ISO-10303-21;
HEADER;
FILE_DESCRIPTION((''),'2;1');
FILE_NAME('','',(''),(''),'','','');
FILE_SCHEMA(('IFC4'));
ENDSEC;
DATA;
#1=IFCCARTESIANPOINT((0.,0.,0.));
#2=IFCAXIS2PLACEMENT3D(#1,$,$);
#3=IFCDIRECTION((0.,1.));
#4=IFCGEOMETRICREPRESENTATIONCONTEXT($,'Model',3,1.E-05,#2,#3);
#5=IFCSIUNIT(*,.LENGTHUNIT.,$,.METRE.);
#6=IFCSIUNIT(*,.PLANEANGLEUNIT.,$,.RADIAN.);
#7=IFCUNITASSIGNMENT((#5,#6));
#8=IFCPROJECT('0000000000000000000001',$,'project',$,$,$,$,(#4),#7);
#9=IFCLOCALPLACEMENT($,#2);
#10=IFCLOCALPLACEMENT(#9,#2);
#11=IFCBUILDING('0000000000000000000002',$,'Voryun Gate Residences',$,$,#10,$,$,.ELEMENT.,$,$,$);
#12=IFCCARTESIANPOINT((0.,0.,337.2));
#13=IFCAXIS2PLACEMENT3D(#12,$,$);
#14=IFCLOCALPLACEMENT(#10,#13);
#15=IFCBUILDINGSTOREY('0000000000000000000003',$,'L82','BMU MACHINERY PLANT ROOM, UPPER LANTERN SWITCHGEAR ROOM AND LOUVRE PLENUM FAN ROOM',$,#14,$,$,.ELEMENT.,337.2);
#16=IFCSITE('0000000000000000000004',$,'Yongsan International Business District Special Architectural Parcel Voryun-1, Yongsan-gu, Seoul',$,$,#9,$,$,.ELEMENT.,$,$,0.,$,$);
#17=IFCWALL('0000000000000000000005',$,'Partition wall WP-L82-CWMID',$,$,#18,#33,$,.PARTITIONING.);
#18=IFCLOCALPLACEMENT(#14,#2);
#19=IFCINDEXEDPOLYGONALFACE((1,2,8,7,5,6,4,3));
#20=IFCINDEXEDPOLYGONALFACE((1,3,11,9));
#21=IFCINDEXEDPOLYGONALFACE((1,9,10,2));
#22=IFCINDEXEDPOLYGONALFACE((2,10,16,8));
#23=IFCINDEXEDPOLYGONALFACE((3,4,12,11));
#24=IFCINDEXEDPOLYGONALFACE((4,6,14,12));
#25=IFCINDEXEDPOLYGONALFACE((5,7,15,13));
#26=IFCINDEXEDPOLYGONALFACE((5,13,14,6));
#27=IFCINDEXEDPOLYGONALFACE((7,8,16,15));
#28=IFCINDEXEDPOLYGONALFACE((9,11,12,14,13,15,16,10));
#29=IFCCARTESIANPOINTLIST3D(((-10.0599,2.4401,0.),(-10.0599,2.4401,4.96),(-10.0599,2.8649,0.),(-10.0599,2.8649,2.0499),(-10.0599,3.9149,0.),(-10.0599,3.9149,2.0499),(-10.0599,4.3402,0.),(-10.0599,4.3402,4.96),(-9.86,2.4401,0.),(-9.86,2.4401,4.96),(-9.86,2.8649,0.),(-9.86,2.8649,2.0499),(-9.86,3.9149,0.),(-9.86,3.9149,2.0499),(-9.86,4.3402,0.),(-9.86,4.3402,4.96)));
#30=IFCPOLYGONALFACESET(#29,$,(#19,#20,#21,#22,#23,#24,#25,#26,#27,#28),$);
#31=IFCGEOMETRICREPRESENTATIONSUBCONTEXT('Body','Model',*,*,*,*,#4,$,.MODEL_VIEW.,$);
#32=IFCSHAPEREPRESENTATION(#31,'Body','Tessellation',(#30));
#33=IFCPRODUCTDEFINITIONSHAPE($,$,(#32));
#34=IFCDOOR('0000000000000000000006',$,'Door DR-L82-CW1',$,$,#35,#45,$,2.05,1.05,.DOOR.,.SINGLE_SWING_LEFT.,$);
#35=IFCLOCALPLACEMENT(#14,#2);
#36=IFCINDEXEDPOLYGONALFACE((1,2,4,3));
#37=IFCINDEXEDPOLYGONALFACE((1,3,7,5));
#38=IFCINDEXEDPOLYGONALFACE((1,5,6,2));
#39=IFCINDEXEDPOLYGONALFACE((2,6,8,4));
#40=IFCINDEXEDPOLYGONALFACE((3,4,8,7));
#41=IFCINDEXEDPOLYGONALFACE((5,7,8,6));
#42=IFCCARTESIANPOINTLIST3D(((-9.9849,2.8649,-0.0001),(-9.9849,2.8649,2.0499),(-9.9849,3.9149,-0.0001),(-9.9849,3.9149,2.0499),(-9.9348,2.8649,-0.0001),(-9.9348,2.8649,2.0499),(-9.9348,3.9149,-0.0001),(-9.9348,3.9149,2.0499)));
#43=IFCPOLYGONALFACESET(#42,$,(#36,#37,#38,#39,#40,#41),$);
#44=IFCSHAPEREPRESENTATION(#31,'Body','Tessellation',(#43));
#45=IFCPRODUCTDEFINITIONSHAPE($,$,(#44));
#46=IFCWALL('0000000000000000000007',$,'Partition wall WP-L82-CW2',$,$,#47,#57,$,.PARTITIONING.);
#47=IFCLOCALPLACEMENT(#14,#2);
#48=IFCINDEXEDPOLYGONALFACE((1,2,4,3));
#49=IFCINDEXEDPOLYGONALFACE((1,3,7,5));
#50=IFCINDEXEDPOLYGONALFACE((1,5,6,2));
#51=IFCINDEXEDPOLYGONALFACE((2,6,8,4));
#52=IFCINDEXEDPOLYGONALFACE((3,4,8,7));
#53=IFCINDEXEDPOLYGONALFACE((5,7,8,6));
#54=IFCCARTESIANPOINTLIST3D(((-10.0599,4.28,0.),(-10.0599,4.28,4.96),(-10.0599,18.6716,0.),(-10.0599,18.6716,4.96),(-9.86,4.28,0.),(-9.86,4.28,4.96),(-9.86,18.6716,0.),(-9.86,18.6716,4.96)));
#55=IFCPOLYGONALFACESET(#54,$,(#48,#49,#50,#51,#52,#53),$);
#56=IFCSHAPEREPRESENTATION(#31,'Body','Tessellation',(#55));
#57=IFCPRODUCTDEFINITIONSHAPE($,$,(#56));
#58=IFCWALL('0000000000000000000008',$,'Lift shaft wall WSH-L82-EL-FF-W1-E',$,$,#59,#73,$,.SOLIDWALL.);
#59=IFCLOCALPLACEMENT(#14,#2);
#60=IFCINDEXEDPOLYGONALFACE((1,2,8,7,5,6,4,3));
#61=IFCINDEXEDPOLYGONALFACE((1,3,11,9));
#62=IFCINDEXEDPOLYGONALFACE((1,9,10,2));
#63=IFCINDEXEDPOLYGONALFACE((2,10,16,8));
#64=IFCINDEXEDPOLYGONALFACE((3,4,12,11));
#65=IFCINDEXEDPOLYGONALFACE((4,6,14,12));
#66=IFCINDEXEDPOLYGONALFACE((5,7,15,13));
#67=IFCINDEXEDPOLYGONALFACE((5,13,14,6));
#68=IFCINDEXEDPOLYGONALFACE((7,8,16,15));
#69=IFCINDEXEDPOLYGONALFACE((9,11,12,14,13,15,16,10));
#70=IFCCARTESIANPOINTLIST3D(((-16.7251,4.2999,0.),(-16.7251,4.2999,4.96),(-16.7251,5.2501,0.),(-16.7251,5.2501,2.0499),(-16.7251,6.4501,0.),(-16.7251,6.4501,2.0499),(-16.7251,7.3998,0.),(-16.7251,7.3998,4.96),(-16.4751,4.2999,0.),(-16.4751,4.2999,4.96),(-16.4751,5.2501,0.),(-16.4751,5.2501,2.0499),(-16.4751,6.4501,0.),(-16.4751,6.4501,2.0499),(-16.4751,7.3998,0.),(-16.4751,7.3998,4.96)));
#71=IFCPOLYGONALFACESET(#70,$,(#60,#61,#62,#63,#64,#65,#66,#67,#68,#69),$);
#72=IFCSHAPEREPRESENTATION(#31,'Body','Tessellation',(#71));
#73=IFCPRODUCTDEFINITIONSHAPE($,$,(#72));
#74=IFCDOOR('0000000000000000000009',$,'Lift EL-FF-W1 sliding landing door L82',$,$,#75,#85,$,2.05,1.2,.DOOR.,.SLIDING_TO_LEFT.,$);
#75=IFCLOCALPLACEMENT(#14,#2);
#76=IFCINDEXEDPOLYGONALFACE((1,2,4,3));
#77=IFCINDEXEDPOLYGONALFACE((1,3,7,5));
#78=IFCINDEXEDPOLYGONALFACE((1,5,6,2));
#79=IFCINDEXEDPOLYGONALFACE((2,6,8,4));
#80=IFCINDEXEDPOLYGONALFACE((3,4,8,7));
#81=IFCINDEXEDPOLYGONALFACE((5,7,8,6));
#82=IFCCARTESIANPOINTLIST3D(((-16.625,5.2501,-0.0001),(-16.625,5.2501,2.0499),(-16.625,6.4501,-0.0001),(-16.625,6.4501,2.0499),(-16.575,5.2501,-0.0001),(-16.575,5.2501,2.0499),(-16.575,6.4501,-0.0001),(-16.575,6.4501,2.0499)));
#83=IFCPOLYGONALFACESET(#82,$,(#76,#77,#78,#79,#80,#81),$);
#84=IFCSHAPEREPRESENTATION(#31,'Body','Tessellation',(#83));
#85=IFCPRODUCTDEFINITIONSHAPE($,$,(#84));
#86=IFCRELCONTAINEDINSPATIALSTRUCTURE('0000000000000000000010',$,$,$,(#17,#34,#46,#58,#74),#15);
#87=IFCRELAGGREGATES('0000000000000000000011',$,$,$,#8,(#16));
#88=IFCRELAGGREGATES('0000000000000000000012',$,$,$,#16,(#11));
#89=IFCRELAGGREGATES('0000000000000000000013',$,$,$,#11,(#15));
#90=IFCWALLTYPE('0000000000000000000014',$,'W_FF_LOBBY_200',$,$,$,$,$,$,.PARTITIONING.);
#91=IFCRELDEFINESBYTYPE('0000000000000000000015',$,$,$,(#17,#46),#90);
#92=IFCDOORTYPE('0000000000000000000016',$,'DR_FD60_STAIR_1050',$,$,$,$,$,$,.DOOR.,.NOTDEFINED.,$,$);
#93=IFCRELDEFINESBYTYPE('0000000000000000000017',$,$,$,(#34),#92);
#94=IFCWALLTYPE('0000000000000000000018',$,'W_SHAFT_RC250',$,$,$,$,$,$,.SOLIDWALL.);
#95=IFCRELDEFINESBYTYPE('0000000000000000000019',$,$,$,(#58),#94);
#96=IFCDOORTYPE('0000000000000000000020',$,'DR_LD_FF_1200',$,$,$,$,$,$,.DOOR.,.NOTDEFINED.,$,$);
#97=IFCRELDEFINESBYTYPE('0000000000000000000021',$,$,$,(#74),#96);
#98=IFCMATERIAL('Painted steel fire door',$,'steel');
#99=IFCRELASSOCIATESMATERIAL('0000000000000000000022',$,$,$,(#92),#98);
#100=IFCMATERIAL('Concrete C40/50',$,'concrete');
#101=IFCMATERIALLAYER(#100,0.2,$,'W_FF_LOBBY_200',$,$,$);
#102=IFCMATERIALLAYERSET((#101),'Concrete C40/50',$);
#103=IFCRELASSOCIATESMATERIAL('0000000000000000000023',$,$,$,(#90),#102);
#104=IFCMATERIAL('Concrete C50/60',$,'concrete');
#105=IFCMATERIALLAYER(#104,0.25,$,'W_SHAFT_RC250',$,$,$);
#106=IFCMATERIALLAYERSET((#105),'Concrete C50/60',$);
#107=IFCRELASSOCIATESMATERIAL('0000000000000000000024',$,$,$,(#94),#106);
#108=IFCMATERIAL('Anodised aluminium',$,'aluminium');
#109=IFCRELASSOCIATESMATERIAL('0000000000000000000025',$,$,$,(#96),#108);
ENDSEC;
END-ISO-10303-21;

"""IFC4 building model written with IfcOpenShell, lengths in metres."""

from ifc_helpers import new_model, si_unit, direction, frame, frame_2d, origin, place, context, subcontext, project, spatial, rectangle, extrude, material, layer, layer_set, type_object, element, fill, save


model = new_model("IFC4")

# Units and contexts
model_context = context("Model", 3, precision=1e-05, world=origin(), true_north=direction((0.0, 1.0)))
body_context = subcontext(model_context, "Body", "Model", "MODEL_VIEW")
ifc_project = project(units=[si_unit("LENGTHUNIT", "METRE"), si_unit("PLANEANGLEUNIT", "RADIAN")], contexts=[model_context])

# Site, building, storey
site_placement = place(None, origin())
site = spatial("IfcSite", under=ifc_project, at=site_placement, Name="Yongsan International Business District Special Architectural Parcel Voryun-1, Yongsan-gu, Seoul", CompositionType="ELEMENT", RefElevation=0.0)
building_placement = place(site_placement, origin())
building = spatial("IfcBuilding", under=site, at=building_placement, Name="Voryun Gate Residences", CompositionType="ELEMENT")
storey_placement = place(building_placement, frame((0.0, 0.0, 337.2)))
storey = spatial("IfcBuildingStorey", under=building, at=storey_placement, Name="L82", Description="BMU MACHINERY PLANT ROOM, UPPER LANTERN SWITCHGEAR ROOM AND LOUVRE PLENUM FAN ROOM", CompositionType="ELEMENT", Elevation=337.2)

# Shared definitions
ifc_material_1 = material(Name="Painted steel fire door", Category="steel")
door_type_1 = type_object("IfcDoorType", Name="DR_FD60_STAIR_1050", OperationType="NOTDEFINED", PredefinedType="DOOR", material=ifc_material_1)

# Shared definitions
ifc_material_2 = material(Name="Concrete C40/50", Category="concrete")
ifc_layer_1 = layer(ifc_material_2, 0.2, Name="W_FF_LOBBY_200")
ifc_layer_set_1 = layer_set([ifc_layer_1], Name="Concrete C40/50")
wall_type_1 = type_object("IfcWallType", Name="W_FF_LOBBY_200", PredefinedType="PARTITIONING", material=ifc_layer_set_1)

# Wall, opening, door
wall_1_placement = place(storey_placement, frame((-9.96, 2.4399, 0.0), z_axis=(0.0, 0.0, 1.0), x_axis=(0.0, 1.0, 0.0)))
wall_1 = element("IfcWall", 1, at=wall_1_placement, inside=storey, type_object=wall_type_1, Name="Partition wall WP-L82-CWMID", PredefinedType="PARTITIONING", context=body_context, shape_type="SweptSolid", body=[
    extrude(rectangle(XDim=1.9001, YDim=0.2, at=frame_2d((0.9502, 0.0))), origin(), (0.0, 0.0, 1.0), 4.96),
])
opening_1_placement = place(wall_1_placement, frame((0.425, 0.0, 0.0)))
opening_1 = element("IfcOpeningElement", 2, at=opening_1_placement, cuts=wall_1, PredefinedType="OPENING", context=body_context, shape_type="SweptSolid", body=[
    extrude(rectangle(XDim=1.05, YDim=2.05, at=frame_2d((0.5249, 1.0249))), frame((0.0, 0.1101, 0.0), z_axis=(0.0, -1.0, 0.0), x_axis=(1.0, 0.0, 0.0)), (0.0, 0.0, 1.0), 0.22),
])
door_1_placement = place(opening_1_placement, origin())
door_1 = element("IfcDoor", 3, at=door_1_placement, inside=storey, type_object=door_type_1, Name="Door DR-L82-CW1", OperationType="SINGLE_SWING_LEFT", OverallHeight=2.05, OverallWidth=1.05, PredefinedType="DOOR", context=body_context, shape_type="SweptSolid", body=[
    extrude(rectangle(XDim=1.05, YDim=2.05, at=frame_2d((0.5249, 1.0249))), frame((0.0, 0.0249, 0.0), z_axis=(0.0, -1.0, 0.0), x_axis=(1.0, 0.0, 0.0)), (0.0, 0.0, 1.0), 0.05),
])
fill(opening_1, door_1)

# Wall
wall_2_placement = place(storey_placement, frame((-9.96, 4.28, 0.0), z_axis=(0.0, 0.0, 1.0), x_axis=(0.0, 1.0, 0.0)))
element("IfcWall", 4, at=wall_2_placement, inside=storey, type_object=wall_type_1, Name="Partition wall WP-L82-CW2", PredefinedType="PARTITIONING", context=body_context, shape_type="SweptSolid", body=[
    extrude(rectangle(XDim=14.3916, YDim=0.2, at=frame_2d((7.1958, 0.0))), origin(), (0.0, 0.0, 1.0), 4.96),
])

# Wall, opening, door
ifc_material_3 = material(Name="Concrete C50/60", Category="concrete")
ifc_layer_2 = layer(ifc_material_3, 0.25, Name="W_SHAFT_RC250")
ifc_layer_set_2 = layer_set([ifc_layer_2], Name="Concrete C50/60")
wall_type_2 = type_object("IfcWallType", Name="W_SHAFT_RC250", PredefinedType="SOLIDWALL", material=ifc_layer_set_2)
wall_3_placement = place(storey_placement, frame((-16.6001, 4.3, 0.0), z_axis=(0.0, 0.0, 1.0), x_axis=(0.0, 1.0, 0.0)))
wall_3 = element("IfcWall", 5, at=wall_3_placement, inside=storey, type_object=wall_type_2, Name="Lift shaft wall WSH-L82-EL-FF-W1-E", PredefinedType="SOLIDWALL", context=body_context, shape_type="SweptSolid", body=[
    extrude(rectangle(XDim=3.0999, YDim=0.25, at=frame_2d((1.5498, 0.0))), origin(), (0.0, 0.0, 1.0), 4.96),
])
opening_2_placement = place(wall_3_placement, frame((0.95, 0.0, 0.0)))
opening_2 = element("IfcOpeningElement", 6, at=opening_2_placement, cuts=wall_3, PredefinedType="OPENING", context=body_context, shape_type="SweptSolid", body=[
    extrude(rectangle(XDim=1.2, YDim=2.05, at=frame_2d((0.6001, 1.0249))), frame((0.0, 0.135, 0.0), z_axis=(0.0, -1.0, 0.0), x_axis=(1.0, 0.0, 0.0)), (0.0, 0.0, 1.0), 0.27),
])
ifc_material_4 = material(Name="Anodised aluminium", Category="aluminium")
door_type_2 = type_object("IfcDoorType", Name="DR_LD_FF_1200", OperationType="NOTDEFINED", PredefinedType="DOOR", material=ifc_material_4)
door_2_placement = place(opening_2_placement, origin())
door_2 = element("IfcDoor", 7, at=door_2_placement, inside=storey, type_object=door_type_2, Name="Lift EL-FF-W1 sliding landing door L82", OperationType="SLIDING_TO_LEFT", OverallHeight=2.05, OverallWidth=1.2, PredefinedType="DOOR", context=body_context, shape_type="SweptSolid", body=[
    extrude(rectangle(XDim=1.2, YDim=2.05, at=frame_2d((0.6001, 1.0249))), frame((0.0, 0.0249, 0.0), z_axis=(0.0, -1.0, 0.0), x_axis=(1.0, 0.0, 0.0)), (0.0, 0.0, 1.0), 0.05),
])
fill(opening_2, door_2)

save(model, "model.ifc")
